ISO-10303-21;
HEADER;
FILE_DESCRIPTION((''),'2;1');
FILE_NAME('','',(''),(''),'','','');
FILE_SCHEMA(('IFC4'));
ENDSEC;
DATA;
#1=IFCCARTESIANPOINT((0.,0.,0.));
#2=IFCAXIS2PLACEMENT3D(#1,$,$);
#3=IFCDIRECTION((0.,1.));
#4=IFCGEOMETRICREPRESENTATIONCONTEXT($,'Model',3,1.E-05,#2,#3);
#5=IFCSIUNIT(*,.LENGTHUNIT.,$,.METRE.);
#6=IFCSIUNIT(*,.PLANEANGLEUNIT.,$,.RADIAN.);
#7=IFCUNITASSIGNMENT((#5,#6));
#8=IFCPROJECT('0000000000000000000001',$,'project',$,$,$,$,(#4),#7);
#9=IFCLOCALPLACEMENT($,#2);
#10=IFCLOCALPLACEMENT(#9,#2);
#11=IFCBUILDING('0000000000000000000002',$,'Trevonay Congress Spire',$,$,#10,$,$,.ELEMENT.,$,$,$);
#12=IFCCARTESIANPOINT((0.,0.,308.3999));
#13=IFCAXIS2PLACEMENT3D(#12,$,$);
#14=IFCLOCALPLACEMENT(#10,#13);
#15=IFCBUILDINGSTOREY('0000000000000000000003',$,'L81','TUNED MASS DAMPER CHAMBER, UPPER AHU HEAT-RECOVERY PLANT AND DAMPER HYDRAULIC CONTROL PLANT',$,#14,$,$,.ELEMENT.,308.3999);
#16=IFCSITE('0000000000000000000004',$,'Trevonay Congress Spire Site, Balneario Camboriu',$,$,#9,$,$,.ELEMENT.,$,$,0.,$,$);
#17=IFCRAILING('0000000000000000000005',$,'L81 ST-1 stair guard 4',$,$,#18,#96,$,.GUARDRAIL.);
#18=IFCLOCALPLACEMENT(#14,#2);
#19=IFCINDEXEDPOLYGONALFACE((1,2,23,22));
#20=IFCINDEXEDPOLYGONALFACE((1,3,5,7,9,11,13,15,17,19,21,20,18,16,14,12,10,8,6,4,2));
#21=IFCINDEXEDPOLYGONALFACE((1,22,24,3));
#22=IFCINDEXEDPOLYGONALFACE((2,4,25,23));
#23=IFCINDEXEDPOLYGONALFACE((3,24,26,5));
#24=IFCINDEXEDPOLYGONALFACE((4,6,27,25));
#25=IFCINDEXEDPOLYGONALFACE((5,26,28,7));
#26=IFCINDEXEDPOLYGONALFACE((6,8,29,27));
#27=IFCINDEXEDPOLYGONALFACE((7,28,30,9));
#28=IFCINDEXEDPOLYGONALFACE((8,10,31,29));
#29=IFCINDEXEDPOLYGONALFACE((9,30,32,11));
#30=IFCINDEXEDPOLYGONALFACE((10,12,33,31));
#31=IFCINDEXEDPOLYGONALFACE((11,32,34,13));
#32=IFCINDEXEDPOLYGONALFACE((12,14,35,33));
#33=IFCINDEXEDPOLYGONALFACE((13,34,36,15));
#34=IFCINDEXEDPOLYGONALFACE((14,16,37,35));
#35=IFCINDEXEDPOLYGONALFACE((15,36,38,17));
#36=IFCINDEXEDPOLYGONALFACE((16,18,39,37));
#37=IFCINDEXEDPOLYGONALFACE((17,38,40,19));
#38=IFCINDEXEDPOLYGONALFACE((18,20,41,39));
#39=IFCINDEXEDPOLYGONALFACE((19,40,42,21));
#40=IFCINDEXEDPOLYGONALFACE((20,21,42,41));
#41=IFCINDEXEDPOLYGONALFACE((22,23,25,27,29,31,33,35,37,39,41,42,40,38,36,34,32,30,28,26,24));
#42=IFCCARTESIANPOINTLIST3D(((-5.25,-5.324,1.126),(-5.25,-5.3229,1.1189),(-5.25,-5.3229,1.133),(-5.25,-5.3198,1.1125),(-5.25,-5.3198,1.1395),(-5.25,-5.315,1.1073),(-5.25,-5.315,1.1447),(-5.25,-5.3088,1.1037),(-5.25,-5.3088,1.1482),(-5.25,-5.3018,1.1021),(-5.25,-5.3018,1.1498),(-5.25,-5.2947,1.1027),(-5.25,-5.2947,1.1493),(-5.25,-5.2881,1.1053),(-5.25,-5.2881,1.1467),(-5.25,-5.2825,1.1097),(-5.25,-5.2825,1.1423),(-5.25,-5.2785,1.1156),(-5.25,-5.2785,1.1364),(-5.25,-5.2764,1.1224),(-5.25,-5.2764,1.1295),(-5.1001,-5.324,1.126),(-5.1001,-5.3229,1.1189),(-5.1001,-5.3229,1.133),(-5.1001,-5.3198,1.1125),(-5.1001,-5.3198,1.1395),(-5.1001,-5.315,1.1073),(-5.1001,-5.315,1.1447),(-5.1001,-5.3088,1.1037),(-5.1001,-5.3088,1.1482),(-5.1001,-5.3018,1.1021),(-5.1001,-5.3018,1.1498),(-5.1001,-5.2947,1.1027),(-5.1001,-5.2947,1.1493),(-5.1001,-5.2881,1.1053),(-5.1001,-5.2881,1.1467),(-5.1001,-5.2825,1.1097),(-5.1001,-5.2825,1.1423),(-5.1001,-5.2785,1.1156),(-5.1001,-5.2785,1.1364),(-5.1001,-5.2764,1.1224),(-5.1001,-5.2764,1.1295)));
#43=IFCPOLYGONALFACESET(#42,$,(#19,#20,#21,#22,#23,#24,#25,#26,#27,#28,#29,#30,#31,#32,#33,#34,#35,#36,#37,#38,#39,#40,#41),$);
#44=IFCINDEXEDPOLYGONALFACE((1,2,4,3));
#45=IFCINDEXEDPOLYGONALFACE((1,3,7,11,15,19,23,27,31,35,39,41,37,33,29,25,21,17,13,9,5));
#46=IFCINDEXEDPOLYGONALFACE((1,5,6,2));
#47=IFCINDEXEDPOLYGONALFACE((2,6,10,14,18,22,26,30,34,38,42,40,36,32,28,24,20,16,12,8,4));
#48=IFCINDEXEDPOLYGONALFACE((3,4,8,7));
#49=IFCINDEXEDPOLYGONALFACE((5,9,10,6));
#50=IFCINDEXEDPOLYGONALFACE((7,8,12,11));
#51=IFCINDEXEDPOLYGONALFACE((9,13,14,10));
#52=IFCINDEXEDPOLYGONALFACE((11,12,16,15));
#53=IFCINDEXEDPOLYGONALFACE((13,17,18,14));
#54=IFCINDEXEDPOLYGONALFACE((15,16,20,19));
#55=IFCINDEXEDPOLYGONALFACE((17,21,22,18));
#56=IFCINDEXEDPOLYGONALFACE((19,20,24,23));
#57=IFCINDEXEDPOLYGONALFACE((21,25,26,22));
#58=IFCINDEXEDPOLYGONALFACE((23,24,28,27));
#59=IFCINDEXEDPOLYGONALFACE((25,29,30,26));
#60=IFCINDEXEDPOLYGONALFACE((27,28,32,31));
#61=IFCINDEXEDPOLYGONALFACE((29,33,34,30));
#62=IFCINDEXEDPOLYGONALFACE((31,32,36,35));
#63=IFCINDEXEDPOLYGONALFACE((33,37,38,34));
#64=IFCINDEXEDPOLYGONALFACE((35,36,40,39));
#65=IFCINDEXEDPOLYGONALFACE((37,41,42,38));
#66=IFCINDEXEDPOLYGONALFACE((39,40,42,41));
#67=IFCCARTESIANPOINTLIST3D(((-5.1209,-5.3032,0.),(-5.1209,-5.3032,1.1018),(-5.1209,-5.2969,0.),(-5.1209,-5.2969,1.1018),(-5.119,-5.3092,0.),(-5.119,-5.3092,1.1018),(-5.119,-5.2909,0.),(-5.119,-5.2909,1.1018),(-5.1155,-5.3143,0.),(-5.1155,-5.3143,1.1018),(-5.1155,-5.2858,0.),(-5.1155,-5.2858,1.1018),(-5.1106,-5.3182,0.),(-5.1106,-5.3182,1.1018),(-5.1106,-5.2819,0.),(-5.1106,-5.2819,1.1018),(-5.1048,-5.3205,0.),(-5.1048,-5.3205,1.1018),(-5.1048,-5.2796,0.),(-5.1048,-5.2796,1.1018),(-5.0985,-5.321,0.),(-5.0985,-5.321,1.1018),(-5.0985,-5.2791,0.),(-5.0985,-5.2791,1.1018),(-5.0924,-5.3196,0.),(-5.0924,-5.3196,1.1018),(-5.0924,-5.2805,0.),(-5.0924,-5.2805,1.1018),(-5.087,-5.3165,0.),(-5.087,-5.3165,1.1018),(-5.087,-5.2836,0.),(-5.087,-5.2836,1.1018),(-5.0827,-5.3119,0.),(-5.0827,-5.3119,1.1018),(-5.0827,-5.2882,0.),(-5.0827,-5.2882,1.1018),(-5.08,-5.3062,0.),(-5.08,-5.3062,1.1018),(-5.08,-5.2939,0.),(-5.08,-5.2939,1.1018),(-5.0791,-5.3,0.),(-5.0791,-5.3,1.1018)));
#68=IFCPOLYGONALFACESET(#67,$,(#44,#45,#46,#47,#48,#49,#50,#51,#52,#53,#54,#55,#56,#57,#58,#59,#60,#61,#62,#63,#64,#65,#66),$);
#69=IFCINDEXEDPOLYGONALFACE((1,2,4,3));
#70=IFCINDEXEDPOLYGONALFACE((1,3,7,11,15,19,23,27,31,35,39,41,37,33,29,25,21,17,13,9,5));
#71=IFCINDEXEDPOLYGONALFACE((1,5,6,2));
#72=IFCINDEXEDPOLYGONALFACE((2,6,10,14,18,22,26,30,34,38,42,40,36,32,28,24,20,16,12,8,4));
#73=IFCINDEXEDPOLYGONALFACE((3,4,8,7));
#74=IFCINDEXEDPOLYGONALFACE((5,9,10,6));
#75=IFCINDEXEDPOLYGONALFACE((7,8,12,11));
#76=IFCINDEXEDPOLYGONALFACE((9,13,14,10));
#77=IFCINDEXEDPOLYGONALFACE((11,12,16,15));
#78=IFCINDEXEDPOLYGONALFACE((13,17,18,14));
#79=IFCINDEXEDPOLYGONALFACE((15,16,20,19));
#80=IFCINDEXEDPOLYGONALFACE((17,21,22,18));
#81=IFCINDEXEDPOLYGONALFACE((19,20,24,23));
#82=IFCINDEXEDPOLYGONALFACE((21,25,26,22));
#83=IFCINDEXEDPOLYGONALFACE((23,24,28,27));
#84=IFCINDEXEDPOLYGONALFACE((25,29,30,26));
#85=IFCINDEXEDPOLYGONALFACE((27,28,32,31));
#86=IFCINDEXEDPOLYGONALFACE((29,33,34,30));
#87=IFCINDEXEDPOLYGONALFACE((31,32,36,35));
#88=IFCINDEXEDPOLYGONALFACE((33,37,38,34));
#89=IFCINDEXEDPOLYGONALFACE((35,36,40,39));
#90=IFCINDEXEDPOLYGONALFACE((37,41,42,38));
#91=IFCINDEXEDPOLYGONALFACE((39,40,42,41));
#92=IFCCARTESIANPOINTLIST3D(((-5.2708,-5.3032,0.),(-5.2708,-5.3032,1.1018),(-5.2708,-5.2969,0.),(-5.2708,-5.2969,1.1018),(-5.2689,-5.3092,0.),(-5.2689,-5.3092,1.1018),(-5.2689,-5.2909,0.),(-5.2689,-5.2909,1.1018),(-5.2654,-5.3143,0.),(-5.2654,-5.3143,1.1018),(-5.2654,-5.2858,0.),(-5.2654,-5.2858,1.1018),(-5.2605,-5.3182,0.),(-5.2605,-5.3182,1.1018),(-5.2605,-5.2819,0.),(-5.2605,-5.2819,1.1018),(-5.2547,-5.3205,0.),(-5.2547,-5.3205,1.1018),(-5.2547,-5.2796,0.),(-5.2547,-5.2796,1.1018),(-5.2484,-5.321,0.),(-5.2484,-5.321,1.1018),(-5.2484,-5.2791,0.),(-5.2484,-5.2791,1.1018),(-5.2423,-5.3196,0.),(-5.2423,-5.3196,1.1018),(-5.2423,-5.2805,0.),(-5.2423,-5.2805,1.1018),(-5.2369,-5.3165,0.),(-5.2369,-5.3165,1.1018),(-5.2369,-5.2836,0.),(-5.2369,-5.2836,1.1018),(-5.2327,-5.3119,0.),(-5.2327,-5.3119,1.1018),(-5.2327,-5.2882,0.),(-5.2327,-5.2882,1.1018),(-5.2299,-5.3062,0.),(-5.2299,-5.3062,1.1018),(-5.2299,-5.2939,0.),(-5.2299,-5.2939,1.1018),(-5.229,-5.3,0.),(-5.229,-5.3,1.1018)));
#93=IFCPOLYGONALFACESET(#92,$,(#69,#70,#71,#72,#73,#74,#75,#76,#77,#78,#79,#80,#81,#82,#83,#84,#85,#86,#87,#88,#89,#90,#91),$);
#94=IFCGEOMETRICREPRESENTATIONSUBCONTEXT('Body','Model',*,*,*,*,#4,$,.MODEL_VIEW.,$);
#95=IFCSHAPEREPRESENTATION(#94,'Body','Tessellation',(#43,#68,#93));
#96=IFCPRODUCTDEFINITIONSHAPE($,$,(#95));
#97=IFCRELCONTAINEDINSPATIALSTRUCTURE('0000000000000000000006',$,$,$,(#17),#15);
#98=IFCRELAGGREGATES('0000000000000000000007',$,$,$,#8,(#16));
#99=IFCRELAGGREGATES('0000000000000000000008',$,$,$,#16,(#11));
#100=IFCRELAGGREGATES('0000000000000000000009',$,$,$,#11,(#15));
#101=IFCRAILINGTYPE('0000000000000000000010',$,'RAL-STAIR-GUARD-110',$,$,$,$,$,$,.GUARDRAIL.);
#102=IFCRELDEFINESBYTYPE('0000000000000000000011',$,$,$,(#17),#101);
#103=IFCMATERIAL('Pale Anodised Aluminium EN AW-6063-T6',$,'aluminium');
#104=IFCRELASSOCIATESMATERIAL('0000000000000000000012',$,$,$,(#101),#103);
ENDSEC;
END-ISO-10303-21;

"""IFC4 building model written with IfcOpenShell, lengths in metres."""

from ifc_helpers import new_model, si_unit, direction, frame, origin, origin_2d, place, context, subcontext, project, spatial, circle, extrude, material, type_object, element, save


model = new_model("IFC4")

# Units and contexts
model_context = context("Model", 3, precision=1e-05, world=origin(), true_north=direction((0.0, 1.0)))
body_context = subcontext(model_context, "Body", "Model", "MODEL_VIEW")
ifc_project = project(units=[si_unit("LENGTHUNIT", "METRE"), si_unit("PLANEANGLEUNIT", "RADIAN")], contexts=[model_context])

# Site, building, storey
site_placement = place(None, origin())
site = spatial("IfcSite", under=ifc_project, at=site_placement, Name="Trevonay Congress Spire Site, Balneario Camboriu", CompositionType="ELEMENT", RefElevation=0.0)
building_placement = place(site_placement, origin())
building = spatial("IfcBuilding", under=site, at=building_placement, Name="Trevonay Congress Spire", CompositionType="ELEMENT")
storey_placement = place(building_placement, frame((0.0, 0.0, 308.3999)))
storey = spatial("IfcBuildingStorey", under=building, at=storey_placement, Name="L81", Description="TUNED MASS DAMPER CHAMBER, UPPER AHU HEAT-RECOVERY PLANT AND DAMPER HYDRAULIC CONTROL PLANT", CompositionType="ELEMENT", Elevation=308.3999)

# Railing
ifc_material_1 = material(Name="Pale Anodised Aluminium EN AW-6063-T6", Category="aluminium")
railing_type_1 = type_object("IfcRailingType", Name="RAL-STAIR-GUARD-110", PredefinedType="GUARDRAIL", material=ifc_material_1)
railing_1_placement = place(storey_placement, frame((-5.1001, -5.3, 0.0)))
element("IfcRailing", 1, at=railing_1_placement, inside=storey, type_object=railing_type_1, Name="L81 ST-1 stair guard 4", PredefinedType="GUARDRAIL", context=body_context, shape_type="SweptSolid", body=[
    extrude(circle(Radius=0.0239, at=origin_2d()), frame((0.0, 0.0, 1.126), z_axis=(-1.0, 0.0, 0.0), x_axis=(0.0, -1.0, 0.0)), (0.0, 0.0, 1.0), 0.1499),
    extrude(circle(Radius=0.021, at=origin_2d()), origin(), (0.0, 0.0, 1.0), 1.1018),
    extrude(circle(Radius=0.021, at=origin_2d()), frame((-0.1499, 0.0, 0.0)), (0.0, 0.0, 1.0), 1.1018),
])

save(model, "model.ifc")
